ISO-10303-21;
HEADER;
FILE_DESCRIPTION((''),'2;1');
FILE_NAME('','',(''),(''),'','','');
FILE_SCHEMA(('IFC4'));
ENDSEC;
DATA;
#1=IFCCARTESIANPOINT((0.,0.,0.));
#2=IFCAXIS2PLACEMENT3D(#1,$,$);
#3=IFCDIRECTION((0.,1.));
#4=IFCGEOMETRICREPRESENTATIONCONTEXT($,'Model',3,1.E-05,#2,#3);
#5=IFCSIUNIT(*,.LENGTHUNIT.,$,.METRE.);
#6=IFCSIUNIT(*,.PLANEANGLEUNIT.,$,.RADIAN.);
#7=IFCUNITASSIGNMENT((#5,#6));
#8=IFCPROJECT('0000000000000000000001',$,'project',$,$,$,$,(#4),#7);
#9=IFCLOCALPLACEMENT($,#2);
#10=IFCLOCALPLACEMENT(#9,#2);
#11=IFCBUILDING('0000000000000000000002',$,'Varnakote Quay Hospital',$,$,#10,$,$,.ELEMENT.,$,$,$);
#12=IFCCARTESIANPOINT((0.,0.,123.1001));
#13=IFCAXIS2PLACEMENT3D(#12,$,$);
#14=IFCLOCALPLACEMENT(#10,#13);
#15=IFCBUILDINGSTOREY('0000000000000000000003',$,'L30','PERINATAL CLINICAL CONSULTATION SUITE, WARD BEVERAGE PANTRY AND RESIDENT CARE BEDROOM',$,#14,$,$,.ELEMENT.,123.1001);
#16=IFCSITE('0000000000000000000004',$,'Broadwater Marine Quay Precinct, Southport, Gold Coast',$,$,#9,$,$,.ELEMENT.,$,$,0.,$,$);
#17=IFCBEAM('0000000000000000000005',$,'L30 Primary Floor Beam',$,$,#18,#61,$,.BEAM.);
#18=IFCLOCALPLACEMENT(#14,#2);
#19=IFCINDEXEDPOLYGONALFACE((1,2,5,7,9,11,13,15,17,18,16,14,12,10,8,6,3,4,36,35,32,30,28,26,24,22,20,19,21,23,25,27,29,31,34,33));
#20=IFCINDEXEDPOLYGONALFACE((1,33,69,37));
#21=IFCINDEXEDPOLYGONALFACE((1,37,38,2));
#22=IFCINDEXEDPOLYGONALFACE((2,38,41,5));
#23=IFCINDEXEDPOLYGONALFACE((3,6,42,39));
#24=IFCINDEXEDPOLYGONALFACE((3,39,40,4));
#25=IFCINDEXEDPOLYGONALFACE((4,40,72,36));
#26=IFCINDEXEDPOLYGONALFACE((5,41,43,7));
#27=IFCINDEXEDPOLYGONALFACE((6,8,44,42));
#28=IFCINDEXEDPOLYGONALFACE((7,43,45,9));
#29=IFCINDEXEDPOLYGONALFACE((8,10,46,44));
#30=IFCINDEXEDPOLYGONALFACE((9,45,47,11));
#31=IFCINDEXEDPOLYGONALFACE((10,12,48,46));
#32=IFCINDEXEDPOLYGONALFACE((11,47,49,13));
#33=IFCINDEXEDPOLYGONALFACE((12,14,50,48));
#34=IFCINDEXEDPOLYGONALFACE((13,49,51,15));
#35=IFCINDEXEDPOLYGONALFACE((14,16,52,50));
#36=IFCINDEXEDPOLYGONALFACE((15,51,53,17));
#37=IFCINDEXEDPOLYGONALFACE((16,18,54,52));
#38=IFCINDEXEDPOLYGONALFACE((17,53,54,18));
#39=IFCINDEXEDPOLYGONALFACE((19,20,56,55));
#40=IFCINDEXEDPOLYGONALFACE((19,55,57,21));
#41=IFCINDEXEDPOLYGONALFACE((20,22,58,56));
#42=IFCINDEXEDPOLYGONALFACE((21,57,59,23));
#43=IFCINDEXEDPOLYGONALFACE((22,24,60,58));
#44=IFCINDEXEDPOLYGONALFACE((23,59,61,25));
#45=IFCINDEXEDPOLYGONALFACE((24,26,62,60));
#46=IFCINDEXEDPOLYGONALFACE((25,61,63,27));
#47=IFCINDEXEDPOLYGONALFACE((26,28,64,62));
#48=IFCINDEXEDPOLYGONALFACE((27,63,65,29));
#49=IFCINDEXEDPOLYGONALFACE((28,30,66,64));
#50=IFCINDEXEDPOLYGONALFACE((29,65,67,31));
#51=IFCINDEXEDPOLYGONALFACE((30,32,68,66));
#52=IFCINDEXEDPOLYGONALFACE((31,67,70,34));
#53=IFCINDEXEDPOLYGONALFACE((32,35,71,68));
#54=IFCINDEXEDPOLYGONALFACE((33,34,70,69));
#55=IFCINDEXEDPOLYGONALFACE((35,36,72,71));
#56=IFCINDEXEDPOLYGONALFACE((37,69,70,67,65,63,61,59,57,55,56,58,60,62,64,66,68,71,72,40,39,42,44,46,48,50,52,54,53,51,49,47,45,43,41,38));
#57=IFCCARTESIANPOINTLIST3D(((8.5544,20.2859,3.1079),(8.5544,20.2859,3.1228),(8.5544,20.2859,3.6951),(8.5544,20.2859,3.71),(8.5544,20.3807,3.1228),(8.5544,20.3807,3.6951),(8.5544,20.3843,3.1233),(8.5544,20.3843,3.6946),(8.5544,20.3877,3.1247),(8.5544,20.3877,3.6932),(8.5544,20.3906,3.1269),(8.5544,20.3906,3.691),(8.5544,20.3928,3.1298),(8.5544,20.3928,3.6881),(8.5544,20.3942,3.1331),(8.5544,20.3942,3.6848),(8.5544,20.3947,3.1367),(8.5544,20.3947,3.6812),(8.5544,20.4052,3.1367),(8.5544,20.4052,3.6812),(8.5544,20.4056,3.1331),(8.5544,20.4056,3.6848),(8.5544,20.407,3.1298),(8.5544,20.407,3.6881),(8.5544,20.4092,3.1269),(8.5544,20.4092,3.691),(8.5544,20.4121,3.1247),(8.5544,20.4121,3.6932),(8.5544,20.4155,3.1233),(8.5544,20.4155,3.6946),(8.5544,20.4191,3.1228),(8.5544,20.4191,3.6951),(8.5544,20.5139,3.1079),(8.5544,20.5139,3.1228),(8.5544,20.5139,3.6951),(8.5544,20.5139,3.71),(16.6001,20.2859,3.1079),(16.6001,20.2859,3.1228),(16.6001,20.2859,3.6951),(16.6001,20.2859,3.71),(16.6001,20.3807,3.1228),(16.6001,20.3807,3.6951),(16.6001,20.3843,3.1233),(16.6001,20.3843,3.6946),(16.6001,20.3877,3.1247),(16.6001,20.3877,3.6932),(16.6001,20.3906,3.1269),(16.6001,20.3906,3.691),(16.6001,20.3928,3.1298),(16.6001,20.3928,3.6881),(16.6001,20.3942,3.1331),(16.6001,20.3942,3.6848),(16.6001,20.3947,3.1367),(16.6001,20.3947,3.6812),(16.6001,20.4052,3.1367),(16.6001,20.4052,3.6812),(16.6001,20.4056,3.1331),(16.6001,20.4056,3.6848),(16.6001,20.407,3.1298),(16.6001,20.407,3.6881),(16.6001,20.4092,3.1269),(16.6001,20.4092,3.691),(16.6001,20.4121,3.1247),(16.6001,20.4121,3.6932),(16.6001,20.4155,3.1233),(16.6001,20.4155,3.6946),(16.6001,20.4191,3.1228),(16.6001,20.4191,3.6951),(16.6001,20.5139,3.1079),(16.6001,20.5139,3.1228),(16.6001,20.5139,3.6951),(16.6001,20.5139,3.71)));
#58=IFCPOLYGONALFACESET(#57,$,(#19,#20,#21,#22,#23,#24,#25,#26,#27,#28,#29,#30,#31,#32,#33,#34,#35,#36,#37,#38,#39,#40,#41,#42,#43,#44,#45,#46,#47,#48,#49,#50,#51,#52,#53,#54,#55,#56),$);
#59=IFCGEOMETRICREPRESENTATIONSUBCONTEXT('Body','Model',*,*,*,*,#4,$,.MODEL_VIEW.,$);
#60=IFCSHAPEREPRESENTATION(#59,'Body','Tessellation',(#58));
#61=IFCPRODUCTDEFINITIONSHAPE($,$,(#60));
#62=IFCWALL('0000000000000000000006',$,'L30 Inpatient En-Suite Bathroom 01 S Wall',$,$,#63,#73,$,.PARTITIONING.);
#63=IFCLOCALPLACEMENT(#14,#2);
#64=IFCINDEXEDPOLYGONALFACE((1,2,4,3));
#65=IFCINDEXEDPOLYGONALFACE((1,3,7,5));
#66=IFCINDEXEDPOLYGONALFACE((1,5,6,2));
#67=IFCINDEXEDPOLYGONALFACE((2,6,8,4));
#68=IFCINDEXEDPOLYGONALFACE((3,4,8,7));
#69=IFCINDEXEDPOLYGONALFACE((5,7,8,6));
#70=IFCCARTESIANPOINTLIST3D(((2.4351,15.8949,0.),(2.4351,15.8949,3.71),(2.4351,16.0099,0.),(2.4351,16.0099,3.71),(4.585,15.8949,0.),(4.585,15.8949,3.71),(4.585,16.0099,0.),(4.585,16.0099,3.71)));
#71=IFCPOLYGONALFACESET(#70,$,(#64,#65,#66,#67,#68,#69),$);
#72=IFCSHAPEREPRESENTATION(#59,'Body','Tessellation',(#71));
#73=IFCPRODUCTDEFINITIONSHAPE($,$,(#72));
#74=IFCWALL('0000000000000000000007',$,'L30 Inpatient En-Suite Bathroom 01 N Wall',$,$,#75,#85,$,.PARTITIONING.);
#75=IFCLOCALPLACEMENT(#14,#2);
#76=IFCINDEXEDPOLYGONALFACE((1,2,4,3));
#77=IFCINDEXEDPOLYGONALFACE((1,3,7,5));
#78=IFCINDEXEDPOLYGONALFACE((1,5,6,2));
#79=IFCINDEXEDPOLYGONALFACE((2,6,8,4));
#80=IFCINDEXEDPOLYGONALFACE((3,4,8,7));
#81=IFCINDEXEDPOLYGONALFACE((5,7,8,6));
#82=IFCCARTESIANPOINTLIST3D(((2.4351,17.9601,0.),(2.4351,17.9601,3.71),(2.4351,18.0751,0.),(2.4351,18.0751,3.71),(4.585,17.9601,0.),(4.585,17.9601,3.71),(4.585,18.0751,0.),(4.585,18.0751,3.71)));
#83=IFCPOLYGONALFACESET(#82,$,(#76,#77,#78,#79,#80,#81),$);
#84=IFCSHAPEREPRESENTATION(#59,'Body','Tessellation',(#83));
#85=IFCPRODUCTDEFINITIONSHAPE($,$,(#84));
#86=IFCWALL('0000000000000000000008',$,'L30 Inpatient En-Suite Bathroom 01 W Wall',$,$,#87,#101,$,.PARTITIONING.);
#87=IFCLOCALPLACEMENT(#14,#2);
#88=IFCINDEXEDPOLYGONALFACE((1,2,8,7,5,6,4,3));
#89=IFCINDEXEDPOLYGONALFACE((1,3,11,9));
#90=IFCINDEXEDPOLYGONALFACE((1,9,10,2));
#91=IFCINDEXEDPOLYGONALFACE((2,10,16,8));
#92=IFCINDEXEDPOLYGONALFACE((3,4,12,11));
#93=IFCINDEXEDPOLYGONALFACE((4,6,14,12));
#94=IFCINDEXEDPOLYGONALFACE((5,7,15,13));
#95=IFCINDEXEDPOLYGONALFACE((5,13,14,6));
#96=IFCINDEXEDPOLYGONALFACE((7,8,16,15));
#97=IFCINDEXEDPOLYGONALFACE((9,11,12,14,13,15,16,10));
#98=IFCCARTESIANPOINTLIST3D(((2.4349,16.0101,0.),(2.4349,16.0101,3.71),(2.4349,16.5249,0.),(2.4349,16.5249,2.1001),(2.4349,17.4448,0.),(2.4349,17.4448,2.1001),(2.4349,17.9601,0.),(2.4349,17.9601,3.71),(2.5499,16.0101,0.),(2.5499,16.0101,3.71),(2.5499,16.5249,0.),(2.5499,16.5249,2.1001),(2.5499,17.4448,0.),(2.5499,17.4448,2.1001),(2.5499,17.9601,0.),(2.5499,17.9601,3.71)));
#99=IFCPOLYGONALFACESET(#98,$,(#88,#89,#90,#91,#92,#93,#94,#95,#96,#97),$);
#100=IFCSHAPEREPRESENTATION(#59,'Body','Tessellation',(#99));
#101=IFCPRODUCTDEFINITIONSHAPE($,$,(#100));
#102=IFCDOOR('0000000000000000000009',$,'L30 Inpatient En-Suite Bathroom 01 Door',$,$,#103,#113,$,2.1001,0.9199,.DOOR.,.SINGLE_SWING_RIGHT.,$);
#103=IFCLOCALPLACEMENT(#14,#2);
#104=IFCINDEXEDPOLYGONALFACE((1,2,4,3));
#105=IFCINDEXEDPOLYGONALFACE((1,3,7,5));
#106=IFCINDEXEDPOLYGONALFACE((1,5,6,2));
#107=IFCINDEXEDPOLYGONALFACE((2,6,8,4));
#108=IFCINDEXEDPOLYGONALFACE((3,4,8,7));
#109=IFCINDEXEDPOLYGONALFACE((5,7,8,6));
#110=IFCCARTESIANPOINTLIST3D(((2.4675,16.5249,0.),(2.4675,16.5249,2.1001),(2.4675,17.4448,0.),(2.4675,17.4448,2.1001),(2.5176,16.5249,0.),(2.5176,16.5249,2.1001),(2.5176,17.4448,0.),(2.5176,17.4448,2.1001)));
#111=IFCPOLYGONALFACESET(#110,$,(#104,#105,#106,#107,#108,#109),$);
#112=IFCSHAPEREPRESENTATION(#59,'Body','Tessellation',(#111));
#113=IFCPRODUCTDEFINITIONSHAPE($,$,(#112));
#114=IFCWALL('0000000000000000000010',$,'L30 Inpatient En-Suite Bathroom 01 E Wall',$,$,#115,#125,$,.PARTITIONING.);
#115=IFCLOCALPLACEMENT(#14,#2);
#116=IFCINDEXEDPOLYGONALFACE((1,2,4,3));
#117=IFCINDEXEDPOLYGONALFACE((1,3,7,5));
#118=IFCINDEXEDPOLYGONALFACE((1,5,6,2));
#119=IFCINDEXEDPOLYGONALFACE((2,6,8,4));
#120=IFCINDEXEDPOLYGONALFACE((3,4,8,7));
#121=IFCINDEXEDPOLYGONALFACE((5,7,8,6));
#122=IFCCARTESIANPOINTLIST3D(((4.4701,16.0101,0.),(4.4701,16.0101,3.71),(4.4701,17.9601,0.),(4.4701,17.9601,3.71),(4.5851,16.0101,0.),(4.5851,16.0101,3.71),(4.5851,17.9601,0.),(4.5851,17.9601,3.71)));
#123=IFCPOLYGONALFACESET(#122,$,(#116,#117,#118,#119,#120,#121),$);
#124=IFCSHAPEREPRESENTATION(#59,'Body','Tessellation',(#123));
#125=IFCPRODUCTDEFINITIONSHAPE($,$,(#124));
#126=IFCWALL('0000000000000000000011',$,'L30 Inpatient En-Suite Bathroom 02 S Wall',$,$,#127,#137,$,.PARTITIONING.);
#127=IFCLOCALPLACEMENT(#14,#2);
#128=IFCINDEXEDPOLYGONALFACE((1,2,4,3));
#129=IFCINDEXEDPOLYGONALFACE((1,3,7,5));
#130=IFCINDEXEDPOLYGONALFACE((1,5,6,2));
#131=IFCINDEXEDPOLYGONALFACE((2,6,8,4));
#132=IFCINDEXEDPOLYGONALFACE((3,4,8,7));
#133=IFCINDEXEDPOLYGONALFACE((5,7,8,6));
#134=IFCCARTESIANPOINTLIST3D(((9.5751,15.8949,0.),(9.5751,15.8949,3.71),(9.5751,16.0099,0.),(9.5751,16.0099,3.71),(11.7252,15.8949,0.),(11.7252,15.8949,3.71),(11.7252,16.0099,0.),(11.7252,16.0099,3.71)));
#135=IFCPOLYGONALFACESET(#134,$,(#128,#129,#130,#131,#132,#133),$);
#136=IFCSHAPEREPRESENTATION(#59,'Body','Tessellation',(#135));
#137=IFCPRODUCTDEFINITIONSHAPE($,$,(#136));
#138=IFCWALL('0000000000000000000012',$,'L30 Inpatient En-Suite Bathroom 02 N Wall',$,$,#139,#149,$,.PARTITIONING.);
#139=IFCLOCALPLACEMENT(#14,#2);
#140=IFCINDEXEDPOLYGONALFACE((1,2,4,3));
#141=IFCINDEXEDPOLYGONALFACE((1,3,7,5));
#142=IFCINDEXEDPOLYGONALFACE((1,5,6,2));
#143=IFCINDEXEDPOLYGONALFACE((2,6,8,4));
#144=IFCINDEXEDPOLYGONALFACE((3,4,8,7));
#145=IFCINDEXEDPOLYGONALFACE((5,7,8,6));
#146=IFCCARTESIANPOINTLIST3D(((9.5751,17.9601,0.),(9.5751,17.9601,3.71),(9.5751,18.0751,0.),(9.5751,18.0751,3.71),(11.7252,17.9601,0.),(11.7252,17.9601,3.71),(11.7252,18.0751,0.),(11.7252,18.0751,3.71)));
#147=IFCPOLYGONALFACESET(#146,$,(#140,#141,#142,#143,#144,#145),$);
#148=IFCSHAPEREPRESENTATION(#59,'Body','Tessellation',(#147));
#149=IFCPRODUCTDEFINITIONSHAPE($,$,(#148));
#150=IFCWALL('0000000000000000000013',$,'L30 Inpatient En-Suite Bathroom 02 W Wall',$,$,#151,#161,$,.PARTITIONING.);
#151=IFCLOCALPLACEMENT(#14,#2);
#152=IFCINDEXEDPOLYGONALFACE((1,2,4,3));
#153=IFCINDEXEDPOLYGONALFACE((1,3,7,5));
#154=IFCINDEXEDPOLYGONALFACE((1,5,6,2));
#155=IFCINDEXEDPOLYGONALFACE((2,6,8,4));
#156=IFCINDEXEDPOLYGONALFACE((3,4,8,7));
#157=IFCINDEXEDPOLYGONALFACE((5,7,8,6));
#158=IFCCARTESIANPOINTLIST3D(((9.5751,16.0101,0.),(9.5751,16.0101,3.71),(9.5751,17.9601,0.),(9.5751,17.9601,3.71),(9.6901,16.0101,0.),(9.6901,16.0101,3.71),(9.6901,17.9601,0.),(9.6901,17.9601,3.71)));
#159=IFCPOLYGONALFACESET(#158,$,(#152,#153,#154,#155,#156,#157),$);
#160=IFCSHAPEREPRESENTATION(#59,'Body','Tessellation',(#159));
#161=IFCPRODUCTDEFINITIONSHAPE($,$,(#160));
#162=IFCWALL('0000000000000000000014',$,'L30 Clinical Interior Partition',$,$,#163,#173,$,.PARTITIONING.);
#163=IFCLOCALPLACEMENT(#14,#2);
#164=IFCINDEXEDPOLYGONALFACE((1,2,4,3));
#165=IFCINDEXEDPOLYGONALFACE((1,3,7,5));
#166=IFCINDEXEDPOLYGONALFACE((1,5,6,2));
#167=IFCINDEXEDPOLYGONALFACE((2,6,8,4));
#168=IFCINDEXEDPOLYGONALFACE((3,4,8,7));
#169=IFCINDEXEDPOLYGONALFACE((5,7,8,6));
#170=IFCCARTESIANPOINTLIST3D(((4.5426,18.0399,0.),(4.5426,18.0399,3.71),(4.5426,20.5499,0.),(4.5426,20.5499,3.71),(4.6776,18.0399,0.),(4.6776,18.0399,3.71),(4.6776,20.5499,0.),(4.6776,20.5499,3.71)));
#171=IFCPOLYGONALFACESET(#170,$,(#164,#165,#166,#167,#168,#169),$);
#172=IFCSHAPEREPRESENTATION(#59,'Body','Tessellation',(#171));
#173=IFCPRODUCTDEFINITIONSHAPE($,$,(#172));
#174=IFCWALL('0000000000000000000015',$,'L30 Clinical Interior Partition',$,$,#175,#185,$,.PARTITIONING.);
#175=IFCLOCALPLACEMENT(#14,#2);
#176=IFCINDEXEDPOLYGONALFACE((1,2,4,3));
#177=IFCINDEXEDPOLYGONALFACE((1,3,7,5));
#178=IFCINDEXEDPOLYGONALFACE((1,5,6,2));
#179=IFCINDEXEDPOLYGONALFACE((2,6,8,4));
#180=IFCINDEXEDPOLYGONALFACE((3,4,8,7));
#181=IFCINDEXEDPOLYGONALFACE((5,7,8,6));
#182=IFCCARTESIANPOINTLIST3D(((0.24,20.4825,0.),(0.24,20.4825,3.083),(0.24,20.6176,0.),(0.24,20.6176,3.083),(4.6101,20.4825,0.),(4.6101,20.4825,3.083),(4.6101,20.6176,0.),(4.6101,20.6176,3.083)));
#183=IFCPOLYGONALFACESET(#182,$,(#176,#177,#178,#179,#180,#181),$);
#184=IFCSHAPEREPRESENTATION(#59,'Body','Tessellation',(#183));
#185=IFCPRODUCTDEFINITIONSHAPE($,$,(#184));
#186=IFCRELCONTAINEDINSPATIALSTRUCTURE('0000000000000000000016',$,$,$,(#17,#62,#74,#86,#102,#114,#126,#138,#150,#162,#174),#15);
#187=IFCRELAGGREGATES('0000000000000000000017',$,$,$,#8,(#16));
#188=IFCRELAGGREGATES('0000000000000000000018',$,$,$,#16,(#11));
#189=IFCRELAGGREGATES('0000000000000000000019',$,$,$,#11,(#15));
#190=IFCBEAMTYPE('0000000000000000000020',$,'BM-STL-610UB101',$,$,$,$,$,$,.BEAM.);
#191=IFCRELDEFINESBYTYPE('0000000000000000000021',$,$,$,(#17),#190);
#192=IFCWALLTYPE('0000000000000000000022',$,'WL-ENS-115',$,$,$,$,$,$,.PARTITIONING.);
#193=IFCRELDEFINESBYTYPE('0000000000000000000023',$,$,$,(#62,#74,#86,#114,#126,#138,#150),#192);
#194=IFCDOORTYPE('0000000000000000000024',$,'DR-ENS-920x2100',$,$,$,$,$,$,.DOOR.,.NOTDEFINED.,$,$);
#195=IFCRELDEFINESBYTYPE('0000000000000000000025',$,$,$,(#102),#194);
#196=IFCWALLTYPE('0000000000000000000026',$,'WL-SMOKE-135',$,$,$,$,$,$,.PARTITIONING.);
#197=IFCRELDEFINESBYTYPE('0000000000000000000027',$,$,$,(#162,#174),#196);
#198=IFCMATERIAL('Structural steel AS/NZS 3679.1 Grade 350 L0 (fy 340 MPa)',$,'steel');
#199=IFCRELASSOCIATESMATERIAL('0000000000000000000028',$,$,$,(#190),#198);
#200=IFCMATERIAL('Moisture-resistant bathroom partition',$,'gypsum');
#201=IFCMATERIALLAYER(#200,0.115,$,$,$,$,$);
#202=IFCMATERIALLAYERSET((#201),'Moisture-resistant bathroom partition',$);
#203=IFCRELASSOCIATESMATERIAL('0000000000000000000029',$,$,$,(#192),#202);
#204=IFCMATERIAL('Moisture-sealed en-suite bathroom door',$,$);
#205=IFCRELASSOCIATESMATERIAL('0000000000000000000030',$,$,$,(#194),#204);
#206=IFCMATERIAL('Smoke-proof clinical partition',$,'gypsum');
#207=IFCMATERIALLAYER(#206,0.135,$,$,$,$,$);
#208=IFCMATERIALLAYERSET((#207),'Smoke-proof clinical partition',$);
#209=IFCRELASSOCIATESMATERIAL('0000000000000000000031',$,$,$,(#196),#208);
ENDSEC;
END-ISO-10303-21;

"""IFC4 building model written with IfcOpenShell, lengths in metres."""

from ifc_helpers import new_model, si_unit, direction, frame, frame_2d, origin, origin_2d, place, context, subcontext, project, spatial, rectangle, i_section, extrude, material, layer, layer_set, material_profile, profile_set, type_object, element, fill, save


model = new_model("IFC4")

# Units and contexts
model_context = context("Model", 3, precision=1e-05, world=origin(), true_north=direction((0.0, 1.0)))
body_context = subcontext(model_context, "Body", "Model", "MODEL_VIEW")
ifc_project = project(units=[si_unit("LENGTHUNIT", "METRE"), si_unit("PLANEANGLEUNIT", "RADIAN")], contexts=[model_context])

# Site, building, storey
site_placement = place(None, origin())
site = spatial("IfcSite", under=ifc_project, at=site_placement, Name="Broadwater Marine Quay Precinct, Southport, Gold Coast", CompositionType="ELEMENT", RefElevation=0.0)
building_placement = place(site_placement, origin())
building = spatial("IfcBuilding", under=site, at=building_placement, Name="Varnakote Quay Hospital", CompositionType="ELEMENT")
storey_placement = place(building_placement, frame((0.0, 0.0, 123.1001)))
storey = spatial("IfcBuildingStorey", under=building, at=storey_placement, Name="L30", Description="PERINATAL CLINICAL CONSULTATION SUITE, WARD BEVERAGE PANTRY AND RESIDENT CARE BEDROOM", CompositionType="ELEMENT", Elevation=123.1001)

# Beam
ifc_material_1 = material(Name="Structural steel AS/NZS 3679.1 Grade 350 L0 (fy 340 MPa)", Category="steel")
ifc_material_profile_1 = material_profile(ifc_material_1, i_section(OverallWidth=0.228, OverallDepth=0.6021, WebThickness=0.0105, FlangeThickness=0.0149, FilletRadius=0.0139, at=origin_2d()), Name="610UB101")
ifc_profile_set_1 = profile_set([ifc_material_profile_1], Name="Structural steel AS/NZS 3679.1 Grade 350 L0 (fy 340 MPa)")
beam_type_1 = type_object("IfcBeamType", Name="BM-STL-610UB101", PredefinedType="BEAM", material=ifc_profile_set_1)
beam_1_placement = place(storey_placement, frame((8.5544, 20.3999, 3.4089), z_axis=(1.0, 0.0, 0.0), x_axis=(0.0, 1.0, 0.0)))
element("IfcBeam", 1, at=beam_1_placement, inside=storey, type_object=beam_type_1, Name="L30 Primary Floor Beam", PredefinedType="BEAM", context=body_context, shape_type="SweptSolid", body=[
    extrude(i_section(OverallWidth=0.228, OverallDepth=0.6021, WebThickness=0.0105, FlangeThickness=0.0149, FilletRadius=0.0139, at=origin_2d()), origin(), (0.0, 0.0, 1.0), 8.0457),
])

# Walls
ifc_material_2 = material(Name="Moisture-resistant bathroom partition", Category="gypsum")
ifc_layer_1 = layer(ifc_material_2, 0.115)
ifc_layer_set_1 = layer_set([ifc_layer_1], Name="Moisture-resistant bathroom partition")
wall_type_1 = type_object("IfcWallType", Name="WL-ENS-115", PredefinedType="PARTITIONING", material=ifc_layer_set_1)
for number, where, z_axis, x_axis, name in (
    (2, (2.4351, 15.9524, 0.0), (0.0, 0.0, 1.0), (1.0, 0.0, 0.0), "L30 Inpatient En-Suite Bathroom 01 S Wall"),
    (3, (2.4351, 18.0176, 0.0), (0.0, 0.0, 1.0), (1.0, 0.0, 0.0), "L30 Inpatient En-Suite Bathroom 01 N Wall"),
):
    element("IfcWall", number, at=place(storey_placement, frame(where, z_axis=z_axis, x_axis=x_axis)), inside=storey, type_object=wall_type_1, Name=name, PredefinedType="PARTITIONING", context=body_context, shape_type="SweptSolid", body=[
        extrude(rectangle(XDim=2.1499, YDim=0.115, at=frame_2d((1.075, 0.0))), origin(), (0.0, 0.0, 1.0), 3.71),
    ])

# Wall, opening, door
wall_1_placement = place(storey_placement, frame((2.4924, 16.01, 0.0), z_axis=(0.0, 0.0, 1.0), x_axis=(0.0, 1.0, 0.0)))
wall_1 = element("IfcWall", 4, at=wall_1_placement, inside=storey, type_object=wall_type_1, Name="L30 Inpatient En-Suite Bathroom 01 W Wall", PredefinedType="PARTITIONING", context=body_context, shape_type="SweptSolid", body=[
    extrude(rectangle(XDim=1.95, YDim=0.115, at=frame_2d((0.9751, 0.0))), origin(), (0.0, 0.0, 1.0), 3.71),
])
opening_1_placement = place(wall_1_placement, frame((0.5149, 0.0, 0.0)))
opening_1 = element("IfcOpeningElement", 5, at=opening_1_placement, cuts=wall_1, PredefinedType="OPENING", context=body_context, shape_type="SweptSolid", body=[
    extrude(rectangle(XDim=0.9199, YDim=2.1001, at=frame_2d((0.46, 1.05))), frame((0.0, 0.0674, 0.0), z_axis=(0.0, -1.0, 0.0), x_axis=(1.0, 0.0, 0.0)), (0.0, 0.0, 1.0), 0.135),
])
ifc_material_3 = material(Name="Moisture-sealed en-suite bathroom door")
door_type_1 = type_object("IfcDoorType", Name="DR-ENS-920x2100", OperationType="NOTDEFINED", PredefinedType="DOOR", material=ifc_material_3)
door_1_placement = place(opening_1_placement, origin())
door_1 = element("IfcDoor", 6, at=door_1_placement, inside=storey, type_object=door_type_1, Name="L30 Inpatient En-Suite Bathroom 01 Door", OperationType="SINGLE_SWING_RIGHT", OverallHeight=2.1001, OverallWidth=0.9199, PredefinedType="DOOR", context=body_context, shape_type="SweptSolid", body=[
    extrude(rectangle(XDim=0.9199, YDim=2.1001, at=frame_2d((0.46, 1.05))), frame((0.0, 0.0249, 0.0), z_axis=(0.0, -1.0, 0.0), x_axis=(1.0, 0.0, 0.0)), (0.0, 0.0, 1.0), 0.05),
])
fill(opening_1, door_1)

# Walls
wall_2_placement = place(storey_placement, frame((4.5276, 16.01, 0.0), z_axis=(0.0, 0.0, 1.0), x_axis=(0.0, 1.0, 0.0)))
element("IfcWall", 7, at=wall_2_placement, inside=storey, type_object=wall_type_1, Name="L30 Inpatient En-Suite Bathroom 01 E Wall", PredefinedType="PARTITIONING", context=body_context, shape_type="SweptSolid", body=[
    extrude(rectangle(XDim=1.95, YDim=0.115, at=frame_2d((0.9751, 0.0))), origin(), (0.0, 0.0, 1.0), 3.71),
])
for number, where, z_axis, x_axis, name in (
    (8, (9.575, 15.9524, 0.0), (0.0, 0.0, 1.0), (1.0, 0.0, 0.0), "L30 Inpatient En-Suite Bathroom 02 S Wall"),
    (9, (9.575, 18.0176, 0.0), (0.0, 0.0, 1.0), (1.0, 0.0, 0.0), "L30 Inpatient En-Suite Bathroom 02 N Wall"),
):
    element("IfcWall", number, at=place(storey_placement, frame(where, z_axis=z_axis, x_axis=x_axis)), inside=storey, type_object=wall_type_1, Name=name, PredefinedType="PARTITIONING", context=body_context, shape_type="SweptSolid", body=[
        extrude(rectangle(XDim=2.1501, YDim=0.115, at=frame_2d((1.0752, 0.0))), origin(), (0.0, 0.0, 1.0), 3.71),
    ])
wall_3_placement = place(storey_placement, frame((9.6326, 16.01, 0.0), z_axis=(0.0, 0.0, 1.0), x_axis=(0.0, 1.0, 0.0)))
element("IfcWall", 10, at=wall_3_placement, inside=storey, type_object=wall_type_1, Name="L30 Inpatient En-Suite Bathroom 02 W Wall", PredefinedType="PARTITIONING", context=body_context, shape_type="SweptSolid", body=[
    extrude(rectangle(XDim=1.95, YDim=0.115, at=frame_2d((0.9751, 0.0))), origin(), (0.0, 0.0, 1.0), 3.71),
])
ifc_material_4 = material(Name="Smoke-proof clinical partition", Category="gypsum")
ifc_layer_2 = layer(ifc_material_4, 0.135)
ifc_layer_set_2 = layer_set([ifc_layer_2], Name="Smoke-proof clinical partition")
wall_type_2 = type_object("IfcWallType", Name="WL-SMOKE-135", PredefinedType="PARTITIONING", material=ifc_layer_set_2)
wall_4_placement = place(storey_placement, frame((4.6101, 18.04, 0.0), z_axis=(0.0, 0.0, 1.0), x_axis=(0.0, 1.0, 0.0)))
element("IfcWall", 11, at=wall_4_placement, inside=storey, type_object=wall_type_2, Name="L30 Clinical Interior Partition", PredefinedType="PARTITIONING", context=body_context, shape_type="SweptSolid", body=[
    extrude(rectangle(XDim=2.51, YDim=0.135, at=frame_2d((1.2549, 0.0))), origin(), (0.0, 0.0, 1.0), 3.71),
])
wall_5_placement = place(storey_placement, frame((4.6101, 20.55, 0.0), z_axis=(0.0, 0.0, 1.0), x_axis=(-1.0, 0.0, 0.0)))
element("IfcWall", 12, at=wall_5_placement, inside=storey, type_object=wall_type_2, Name="L30 Clinical Interior Partition", PredefinedType="PARTITIONING", context=body_context, shape_type="SweptSolid", body=[
    extrude(rectangle(XDim=4.3701, YDim=0.135, at=frame_2d((2.1851, 0.0))), origin(), (0.0, 0.0, 1.0), 3.083),
])

save(model, "model.ifc")
